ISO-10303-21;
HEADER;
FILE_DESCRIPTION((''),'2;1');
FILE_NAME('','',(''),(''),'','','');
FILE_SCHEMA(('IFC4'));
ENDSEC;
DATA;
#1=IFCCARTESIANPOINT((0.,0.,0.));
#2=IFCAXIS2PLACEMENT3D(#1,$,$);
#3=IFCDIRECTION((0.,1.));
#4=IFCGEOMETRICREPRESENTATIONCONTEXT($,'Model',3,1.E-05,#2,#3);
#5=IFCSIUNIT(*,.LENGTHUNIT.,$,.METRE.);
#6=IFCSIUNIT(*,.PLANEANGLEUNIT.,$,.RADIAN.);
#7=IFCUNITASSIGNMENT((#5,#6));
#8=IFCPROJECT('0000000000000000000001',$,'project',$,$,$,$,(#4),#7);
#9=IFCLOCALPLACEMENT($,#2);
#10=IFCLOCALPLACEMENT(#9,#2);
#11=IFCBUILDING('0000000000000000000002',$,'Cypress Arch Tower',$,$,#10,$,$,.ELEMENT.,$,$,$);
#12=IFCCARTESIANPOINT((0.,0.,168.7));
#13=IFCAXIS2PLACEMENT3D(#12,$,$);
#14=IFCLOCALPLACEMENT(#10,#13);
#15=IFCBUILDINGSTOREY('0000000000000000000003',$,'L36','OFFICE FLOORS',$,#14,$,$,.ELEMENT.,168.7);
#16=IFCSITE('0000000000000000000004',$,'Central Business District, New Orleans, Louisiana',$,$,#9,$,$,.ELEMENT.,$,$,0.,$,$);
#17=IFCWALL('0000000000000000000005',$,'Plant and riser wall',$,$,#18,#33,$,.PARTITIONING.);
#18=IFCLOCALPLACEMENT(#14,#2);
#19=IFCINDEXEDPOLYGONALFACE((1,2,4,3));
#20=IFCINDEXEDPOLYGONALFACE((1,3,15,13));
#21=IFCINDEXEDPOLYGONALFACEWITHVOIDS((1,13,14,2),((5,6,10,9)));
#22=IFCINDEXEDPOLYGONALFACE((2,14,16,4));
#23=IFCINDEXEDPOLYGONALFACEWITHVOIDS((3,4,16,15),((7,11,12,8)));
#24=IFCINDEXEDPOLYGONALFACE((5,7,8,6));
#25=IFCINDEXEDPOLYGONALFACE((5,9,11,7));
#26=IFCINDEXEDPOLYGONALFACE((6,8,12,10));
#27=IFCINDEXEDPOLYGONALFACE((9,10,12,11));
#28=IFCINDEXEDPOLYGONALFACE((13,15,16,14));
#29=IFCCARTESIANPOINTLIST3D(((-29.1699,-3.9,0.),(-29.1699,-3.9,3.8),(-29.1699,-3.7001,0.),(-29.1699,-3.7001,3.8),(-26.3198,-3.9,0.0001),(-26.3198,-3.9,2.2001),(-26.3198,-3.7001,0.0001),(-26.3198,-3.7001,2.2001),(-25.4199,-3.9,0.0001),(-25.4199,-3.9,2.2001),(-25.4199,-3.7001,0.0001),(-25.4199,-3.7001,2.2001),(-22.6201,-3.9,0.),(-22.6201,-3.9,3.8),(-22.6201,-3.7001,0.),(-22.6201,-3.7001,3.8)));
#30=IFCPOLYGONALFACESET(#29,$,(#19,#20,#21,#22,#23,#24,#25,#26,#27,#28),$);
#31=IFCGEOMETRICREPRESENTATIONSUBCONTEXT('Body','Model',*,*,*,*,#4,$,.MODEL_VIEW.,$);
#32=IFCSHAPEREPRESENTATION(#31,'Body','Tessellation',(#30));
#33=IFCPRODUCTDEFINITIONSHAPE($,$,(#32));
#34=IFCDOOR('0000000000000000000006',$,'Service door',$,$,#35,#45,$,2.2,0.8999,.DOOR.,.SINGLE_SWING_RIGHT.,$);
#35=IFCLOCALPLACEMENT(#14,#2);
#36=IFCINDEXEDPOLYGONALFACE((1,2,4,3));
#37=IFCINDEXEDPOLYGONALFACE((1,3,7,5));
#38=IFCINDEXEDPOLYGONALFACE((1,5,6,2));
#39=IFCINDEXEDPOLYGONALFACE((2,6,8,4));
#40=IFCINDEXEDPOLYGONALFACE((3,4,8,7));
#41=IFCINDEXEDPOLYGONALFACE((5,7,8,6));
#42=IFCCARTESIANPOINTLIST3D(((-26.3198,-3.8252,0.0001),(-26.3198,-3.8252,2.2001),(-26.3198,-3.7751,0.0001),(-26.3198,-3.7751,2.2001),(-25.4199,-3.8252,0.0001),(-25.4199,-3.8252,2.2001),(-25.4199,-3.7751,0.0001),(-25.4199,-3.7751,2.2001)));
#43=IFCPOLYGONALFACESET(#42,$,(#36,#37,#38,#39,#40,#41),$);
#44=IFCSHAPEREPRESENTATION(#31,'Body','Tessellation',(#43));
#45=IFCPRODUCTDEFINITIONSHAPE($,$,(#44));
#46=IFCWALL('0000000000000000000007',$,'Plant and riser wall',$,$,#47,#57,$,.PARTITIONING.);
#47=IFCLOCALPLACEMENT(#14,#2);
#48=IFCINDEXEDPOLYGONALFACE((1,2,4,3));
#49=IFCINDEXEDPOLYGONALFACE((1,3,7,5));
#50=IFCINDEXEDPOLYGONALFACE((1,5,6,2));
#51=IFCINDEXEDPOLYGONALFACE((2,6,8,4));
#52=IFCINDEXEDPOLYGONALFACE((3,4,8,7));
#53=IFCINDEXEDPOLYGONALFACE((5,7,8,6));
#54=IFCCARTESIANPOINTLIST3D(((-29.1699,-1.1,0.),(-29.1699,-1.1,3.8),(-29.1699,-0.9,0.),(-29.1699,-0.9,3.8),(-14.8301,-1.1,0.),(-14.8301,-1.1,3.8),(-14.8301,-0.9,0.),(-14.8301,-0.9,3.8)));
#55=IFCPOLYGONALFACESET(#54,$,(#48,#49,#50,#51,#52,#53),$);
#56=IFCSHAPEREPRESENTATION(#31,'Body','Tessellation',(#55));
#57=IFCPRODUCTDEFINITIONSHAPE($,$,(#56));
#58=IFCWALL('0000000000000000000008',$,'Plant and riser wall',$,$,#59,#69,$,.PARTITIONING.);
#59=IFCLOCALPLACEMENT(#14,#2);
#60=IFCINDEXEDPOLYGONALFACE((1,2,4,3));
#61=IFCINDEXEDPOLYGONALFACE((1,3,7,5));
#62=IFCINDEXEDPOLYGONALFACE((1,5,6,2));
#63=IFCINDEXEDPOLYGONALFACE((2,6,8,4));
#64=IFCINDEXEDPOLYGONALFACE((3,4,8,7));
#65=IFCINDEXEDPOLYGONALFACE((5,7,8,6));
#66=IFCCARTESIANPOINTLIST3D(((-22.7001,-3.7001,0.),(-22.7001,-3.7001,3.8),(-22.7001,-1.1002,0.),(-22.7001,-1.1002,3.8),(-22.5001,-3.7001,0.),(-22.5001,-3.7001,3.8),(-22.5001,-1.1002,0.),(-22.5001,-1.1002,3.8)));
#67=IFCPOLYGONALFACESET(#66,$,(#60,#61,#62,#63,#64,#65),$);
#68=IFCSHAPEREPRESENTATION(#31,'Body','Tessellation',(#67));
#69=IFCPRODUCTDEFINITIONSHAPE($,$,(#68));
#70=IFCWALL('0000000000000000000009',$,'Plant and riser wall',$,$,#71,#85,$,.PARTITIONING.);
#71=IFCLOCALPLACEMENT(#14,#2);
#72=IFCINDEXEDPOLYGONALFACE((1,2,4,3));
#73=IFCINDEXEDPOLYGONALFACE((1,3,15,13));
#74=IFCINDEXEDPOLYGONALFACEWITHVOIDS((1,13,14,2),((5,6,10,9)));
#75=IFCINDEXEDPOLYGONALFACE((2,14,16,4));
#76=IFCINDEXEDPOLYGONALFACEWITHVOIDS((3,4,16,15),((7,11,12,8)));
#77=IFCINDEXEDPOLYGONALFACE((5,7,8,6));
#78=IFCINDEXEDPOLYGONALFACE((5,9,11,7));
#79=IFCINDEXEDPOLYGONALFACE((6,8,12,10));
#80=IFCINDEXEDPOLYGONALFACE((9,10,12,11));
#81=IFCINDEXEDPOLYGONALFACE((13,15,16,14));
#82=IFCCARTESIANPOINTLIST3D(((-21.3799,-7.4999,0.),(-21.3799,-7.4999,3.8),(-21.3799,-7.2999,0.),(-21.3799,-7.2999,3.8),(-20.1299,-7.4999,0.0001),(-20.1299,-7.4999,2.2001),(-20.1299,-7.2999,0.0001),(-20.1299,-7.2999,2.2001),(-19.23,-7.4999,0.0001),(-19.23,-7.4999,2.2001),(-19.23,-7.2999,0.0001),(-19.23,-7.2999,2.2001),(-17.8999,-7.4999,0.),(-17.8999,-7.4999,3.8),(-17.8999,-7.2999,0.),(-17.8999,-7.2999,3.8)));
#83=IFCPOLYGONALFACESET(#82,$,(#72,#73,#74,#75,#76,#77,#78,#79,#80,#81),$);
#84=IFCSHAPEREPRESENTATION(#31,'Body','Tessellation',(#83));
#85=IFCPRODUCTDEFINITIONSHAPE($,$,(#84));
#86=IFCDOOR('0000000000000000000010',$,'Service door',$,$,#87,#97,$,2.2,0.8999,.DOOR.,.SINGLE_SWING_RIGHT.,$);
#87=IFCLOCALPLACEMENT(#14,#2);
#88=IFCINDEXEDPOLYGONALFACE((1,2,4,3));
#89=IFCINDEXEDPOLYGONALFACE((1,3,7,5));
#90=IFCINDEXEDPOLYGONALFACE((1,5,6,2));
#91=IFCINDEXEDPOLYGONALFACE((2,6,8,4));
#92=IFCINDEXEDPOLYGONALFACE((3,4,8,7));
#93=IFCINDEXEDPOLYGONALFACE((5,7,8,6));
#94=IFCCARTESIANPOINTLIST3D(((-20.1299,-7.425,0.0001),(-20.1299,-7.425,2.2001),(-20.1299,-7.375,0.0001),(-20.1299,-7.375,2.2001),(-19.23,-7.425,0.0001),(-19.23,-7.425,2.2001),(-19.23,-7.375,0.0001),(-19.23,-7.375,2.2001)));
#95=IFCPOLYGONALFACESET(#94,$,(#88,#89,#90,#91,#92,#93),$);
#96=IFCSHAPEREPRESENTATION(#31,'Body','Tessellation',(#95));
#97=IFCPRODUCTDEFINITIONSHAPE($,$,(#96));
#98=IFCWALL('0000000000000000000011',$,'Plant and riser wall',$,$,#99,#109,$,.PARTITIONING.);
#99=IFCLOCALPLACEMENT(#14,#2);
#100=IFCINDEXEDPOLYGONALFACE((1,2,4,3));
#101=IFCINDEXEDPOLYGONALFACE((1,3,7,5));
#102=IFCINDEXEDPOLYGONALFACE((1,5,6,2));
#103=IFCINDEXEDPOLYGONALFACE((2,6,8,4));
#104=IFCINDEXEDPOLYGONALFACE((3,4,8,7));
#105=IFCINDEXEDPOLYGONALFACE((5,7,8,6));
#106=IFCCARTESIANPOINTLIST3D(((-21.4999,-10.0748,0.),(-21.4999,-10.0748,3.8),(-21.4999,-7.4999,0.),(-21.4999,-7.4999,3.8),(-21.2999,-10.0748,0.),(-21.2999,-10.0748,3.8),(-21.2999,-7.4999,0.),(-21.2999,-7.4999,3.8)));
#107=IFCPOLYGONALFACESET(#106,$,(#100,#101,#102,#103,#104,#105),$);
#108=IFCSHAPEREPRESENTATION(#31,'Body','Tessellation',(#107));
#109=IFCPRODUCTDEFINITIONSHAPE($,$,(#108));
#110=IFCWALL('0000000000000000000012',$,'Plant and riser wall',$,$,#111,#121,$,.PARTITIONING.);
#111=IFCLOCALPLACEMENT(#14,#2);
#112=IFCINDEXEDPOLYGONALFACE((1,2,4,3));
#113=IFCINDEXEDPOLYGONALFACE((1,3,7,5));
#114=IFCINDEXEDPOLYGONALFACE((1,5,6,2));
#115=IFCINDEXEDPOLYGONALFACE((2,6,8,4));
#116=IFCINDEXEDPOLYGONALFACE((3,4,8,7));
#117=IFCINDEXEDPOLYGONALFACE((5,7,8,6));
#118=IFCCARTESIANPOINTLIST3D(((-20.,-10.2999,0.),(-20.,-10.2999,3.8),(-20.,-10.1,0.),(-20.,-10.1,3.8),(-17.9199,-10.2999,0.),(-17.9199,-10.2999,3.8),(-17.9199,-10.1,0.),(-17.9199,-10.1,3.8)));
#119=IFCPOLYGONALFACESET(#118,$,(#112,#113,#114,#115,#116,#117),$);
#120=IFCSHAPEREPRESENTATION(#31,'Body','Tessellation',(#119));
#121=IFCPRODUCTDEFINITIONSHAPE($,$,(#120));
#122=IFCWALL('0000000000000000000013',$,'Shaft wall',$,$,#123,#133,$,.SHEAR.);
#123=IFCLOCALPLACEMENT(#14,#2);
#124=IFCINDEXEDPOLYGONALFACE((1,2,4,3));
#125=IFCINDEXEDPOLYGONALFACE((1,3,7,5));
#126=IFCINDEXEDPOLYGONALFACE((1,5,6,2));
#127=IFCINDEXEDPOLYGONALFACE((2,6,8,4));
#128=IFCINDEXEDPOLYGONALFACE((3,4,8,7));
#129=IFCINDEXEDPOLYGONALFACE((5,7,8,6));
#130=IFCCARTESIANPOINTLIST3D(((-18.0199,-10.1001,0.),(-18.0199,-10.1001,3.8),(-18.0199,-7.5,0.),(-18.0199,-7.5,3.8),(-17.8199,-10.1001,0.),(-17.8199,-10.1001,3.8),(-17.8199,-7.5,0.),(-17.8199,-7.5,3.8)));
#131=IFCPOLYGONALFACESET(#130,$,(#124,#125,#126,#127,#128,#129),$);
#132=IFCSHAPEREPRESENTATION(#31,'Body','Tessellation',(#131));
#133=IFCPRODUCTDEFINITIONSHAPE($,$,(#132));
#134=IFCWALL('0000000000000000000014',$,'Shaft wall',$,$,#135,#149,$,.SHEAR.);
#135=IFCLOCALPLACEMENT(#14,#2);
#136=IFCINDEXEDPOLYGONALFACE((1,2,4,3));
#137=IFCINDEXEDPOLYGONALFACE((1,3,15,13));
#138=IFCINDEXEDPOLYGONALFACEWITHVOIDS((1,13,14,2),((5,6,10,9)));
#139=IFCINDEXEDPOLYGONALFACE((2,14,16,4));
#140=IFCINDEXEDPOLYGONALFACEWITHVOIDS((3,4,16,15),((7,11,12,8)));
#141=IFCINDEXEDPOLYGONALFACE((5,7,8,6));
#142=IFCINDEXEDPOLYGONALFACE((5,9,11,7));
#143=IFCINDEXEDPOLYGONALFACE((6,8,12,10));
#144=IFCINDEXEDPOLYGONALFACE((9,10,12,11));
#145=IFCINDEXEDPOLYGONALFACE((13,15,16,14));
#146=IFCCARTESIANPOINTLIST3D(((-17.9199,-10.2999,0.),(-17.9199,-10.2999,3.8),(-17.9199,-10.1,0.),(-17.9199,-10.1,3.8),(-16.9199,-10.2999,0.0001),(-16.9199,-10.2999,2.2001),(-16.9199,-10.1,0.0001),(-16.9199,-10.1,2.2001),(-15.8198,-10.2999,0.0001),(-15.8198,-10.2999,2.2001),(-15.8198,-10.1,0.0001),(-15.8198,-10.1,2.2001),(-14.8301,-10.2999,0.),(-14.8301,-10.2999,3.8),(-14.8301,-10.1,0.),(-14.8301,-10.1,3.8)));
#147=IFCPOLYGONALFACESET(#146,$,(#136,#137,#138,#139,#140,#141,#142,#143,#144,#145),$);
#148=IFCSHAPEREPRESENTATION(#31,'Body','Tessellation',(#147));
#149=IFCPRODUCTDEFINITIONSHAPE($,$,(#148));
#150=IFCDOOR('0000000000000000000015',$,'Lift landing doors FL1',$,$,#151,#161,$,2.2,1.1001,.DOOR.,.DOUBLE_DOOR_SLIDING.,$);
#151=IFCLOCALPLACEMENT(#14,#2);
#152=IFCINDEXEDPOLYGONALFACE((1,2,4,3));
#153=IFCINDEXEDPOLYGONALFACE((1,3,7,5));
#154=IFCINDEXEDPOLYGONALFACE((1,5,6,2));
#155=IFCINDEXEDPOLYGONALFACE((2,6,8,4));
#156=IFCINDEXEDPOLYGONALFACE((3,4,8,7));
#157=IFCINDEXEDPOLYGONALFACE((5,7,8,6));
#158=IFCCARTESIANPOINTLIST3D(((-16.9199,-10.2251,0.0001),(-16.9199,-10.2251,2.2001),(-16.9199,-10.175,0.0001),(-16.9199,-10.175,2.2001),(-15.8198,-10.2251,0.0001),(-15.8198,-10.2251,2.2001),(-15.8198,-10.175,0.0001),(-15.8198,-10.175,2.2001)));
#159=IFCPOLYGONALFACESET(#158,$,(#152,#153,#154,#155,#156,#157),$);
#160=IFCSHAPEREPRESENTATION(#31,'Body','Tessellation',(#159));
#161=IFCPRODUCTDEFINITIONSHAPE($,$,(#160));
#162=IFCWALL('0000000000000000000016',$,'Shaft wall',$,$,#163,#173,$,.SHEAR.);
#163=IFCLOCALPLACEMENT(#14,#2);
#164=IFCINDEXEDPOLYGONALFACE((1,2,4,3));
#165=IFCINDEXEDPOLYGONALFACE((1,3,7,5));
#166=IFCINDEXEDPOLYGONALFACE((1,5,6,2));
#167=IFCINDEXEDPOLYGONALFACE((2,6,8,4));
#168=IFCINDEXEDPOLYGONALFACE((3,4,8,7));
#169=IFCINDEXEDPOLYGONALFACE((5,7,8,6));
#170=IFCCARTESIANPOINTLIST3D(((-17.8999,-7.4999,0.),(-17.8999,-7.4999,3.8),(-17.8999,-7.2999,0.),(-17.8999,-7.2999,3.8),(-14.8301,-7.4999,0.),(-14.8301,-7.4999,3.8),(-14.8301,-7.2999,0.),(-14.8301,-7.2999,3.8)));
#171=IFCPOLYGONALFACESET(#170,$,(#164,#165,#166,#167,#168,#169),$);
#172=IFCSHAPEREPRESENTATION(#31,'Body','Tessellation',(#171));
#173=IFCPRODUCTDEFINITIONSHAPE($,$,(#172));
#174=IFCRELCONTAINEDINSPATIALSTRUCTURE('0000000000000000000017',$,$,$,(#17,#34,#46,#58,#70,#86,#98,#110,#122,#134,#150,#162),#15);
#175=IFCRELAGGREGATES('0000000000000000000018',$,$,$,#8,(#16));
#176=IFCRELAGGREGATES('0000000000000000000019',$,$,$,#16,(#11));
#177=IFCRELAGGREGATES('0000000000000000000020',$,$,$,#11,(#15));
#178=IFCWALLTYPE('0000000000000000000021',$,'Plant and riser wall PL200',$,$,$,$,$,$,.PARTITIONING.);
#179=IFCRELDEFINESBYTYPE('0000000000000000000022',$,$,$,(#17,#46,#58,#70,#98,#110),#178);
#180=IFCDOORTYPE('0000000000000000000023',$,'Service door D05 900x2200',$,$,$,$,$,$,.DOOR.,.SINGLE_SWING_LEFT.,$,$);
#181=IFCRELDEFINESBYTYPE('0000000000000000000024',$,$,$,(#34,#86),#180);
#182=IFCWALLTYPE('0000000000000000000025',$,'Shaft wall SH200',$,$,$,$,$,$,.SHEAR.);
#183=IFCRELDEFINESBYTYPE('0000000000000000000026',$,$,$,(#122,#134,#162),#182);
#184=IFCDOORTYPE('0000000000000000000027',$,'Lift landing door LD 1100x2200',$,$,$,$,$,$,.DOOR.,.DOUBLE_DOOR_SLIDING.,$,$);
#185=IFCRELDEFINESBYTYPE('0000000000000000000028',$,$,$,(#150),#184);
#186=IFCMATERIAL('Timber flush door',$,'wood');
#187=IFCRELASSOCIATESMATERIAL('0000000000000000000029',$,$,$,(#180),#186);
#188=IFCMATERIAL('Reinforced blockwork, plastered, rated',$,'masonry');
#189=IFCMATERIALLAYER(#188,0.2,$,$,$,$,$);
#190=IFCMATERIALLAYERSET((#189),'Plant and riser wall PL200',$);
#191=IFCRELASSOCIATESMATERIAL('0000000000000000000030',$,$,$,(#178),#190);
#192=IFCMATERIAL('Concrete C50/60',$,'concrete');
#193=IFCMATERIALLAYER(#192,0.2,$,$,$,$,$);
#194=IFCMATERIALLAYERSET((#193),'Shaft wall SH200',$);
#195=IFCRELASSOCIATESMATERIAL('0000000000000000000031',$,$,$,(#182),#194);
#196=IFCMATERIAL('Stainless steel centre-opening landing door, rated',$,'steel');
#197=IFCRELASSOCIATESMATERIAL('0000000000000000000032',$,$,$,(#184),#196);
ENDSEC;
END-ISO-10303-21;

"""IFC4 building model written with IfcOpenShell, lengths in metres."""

from ifc_helpers import new_model, si_unit, direction, frame, frame_2d, origin, place, context, subcontext, project, spatial, rectangle, extrude, material, layer, layer_set, type_object, element, fill, save


model = new_model("IFC4")

# Units and contexts
model_context = context("Model", 3, precision=1e-05, world=origin(), true_north=direction((0.0, 1.0)))
body_context = subcontext(model_context, "Body", "Model", "MODEL_VIEW")
ifc_project = project(units=[si_unit("LENGTHUNIT", "METRE"), si_unit("PLANEANGLEUNIT", "RADIAN")], contexts=[model_context])

# Site, building, storey
site_placement = place(None, origin())
site = spatial("IfcSite", under=ifc_project, at=site_placement, Name="Central Business District, New Orleans, Louisiana", CompositionType="ELEMENT", RefElevation=0.0)
building_placement = place(site_placement, origin())
building = spatial("IfcBuilding", under=site, at=building_placement, Name="Cypress Arch Tower", CompositionType="ELEMENT")
storey_placement = place(building_placement, frame((0.0, 0.0, 168.7)))
storey = spatial("IfcBuildingStorey", under=building, at=storey_placement, Name="L36", Description="OFFICE FLOORS", CompositionType="ELEMENT", Elevation=168.7)

# Shared definitions
ifc_material_1 = material(Name="Timber flush door", Category="wood")
door_type_1 = type_object("IfcDoorType", Name="Service door D05 900x2200", OperationType="SINGLE_SWING_LEFT", PredefinedType="DOOR", material=ifc_material_1)

# Wall, opening, door
ifc_material_2 = material(Name="Reinforced blockwork, plastered, rated", Category="masonry")
ifc_layer_1 = layer(ifc_material_2, 0.2)
ifc_layer_set_1 = layer_set([ifc_layer_1], Name="Plant and riser wall PL200")
wall_type_1 = type_object("IfcWallType", Name="Plant and riser wall PL200", PredefinedType="PARTITIONING", material=ifc_layer_set_1)
wall_1_placement = place(storey_placement, frame((-29.1699, -3.8, 0.0), z_axis=(0.0, 0.0, 1.0), x_axis=(1.0, 0.0, 0.0)))
wall_1 = element("IfcWall", 1, at=wall_1_placement, inside=storey, type_object=wall_type_1, Name="Plant and riser wall", PredefinedType="PARTITIONING", context=body_context, shape_type="SweptSolid", body=[
    extrude(rectangle(XDim=6.5498, YDim=0.2, at=frame_2d((3.2749, 0.0))), origin(), (0.0, 0.0, 1.0), 3.8),
])
opening_1_placement = place(wall_1_placement, frame((2.8501, 0.0, 0.0)))
opening_1 = element("IfcOpeningElement", 2, at=opening_1_placement, cuts=wall_1, PredefinedType="OPENING", context=body_context, shape_type="SweptSolid", body=[
    extrude(rectangle(XDim=0.8999, YDim=2.2, at=frame_2d((0.45, 1.1001))), frame((0.0, 0.1099, 0.0), z_axis=(0.0, -1.0, 0.0), x_axis=(1.0, 0.0, 0.0)), (0.0, 0.0, 1.0), 0.22),
])
door_1_placement = place(opening_1_placement, origin())
door_1 = element("IfcDoor", 3, at=door_1_placement, inside=storey, type_object=door_type_1, Name="Service door", OperationType="SINGLE_SWING_RIGHT", OverallHeight=2.2, OverallWidth=0.8999, PredefinedType="DOOR", context=body_context, shape_type="SweptSolid", body=[
    extrude(rectangle(XDim=0.8999, YDim=2.2, at=frame_2d((0.45, 1.1001))), frame((0.0, 0.0249, 0.0), z_axis=(0.0, -1.0, 0.0), x_axis=(1.0, 0.0, 0.0)), (0.0, 0.0, 1.0), 0.05),
])
fill(opening_1, door_1)

# Walls
wall_2_placement = place(storey_placement, frame((-29.1699, -1.0, 0.0), z_axis=(0.0, 0.0, 1.0), x_axis=(1.0, 0.0, 0.0)))
element("IfcWall", 4, at=wall_2_placement, inside=storey, type_object=wall_type_1, Name="Plant and riser wall", PredefinedType="PARTITIONING", context=body_context, shape_type="SweptSolid", body=[
    extrude(rectangle(XDim=14.3398, YDim=0.2, at=frame_2d((7.1699, 0.0))), origin(), (0.0, 0.0, 1.0), 3.8),
])
wall_3_placement = place(storey_placement, frame((-22.6001, -3.7, 0.0), z_axis=(0.0, 0.0, 1.0), x_axis=(0.0, 1.0, 0.0)))
element("IfcWall", 5, at=wall_3_placement, inside=storey, type_object=wall_type_1, Name="Plant and riser wall", PredefinedType="PARTITIONING", context=body_context, shape_type="SweptSolid", body=[
    extrude(rectangle(XDim=2.5999, YDim=0.2, at=frame_2d((1.2998, 0.0))), origin(), (0.0, 0.0, 1.0), 3.8),
])

# Wall, opening, door
wall_4_placement = place(storey_placement, frame((-21.3799, -7.3999, 0.0), z_axis=(0.0, 0.0, 1.0), x_axis=(1.0, 0.0, 0.0)))
wall_4 = element("IfcWall", 6, at=wall_4_placement, inside=storey, type_object=wall_type_1, Name="Plant and riser wall", PredefinedType="PARTITIONING", context=body_context, shape_type="SweptSolid", body=[
    extrude(rectangle(XDim=3.48, YDim=0.2, at=frame_2d((1.74, 0.0))), origin(), (0.0, 0.0, 1.0), 3.8),
])
opening_2_placement = place(wall_4_placement, frame((1.25, 0.0, 0.0)))
opening_2 = element("IfcOpeningElement", 7, at=opening_2_placement, cuts=wall_4, PredefinedType="OPENING", context=body_context, shape_type="SweptSolid", body=[
    extrude(rectangle(XDim=0.8999, YDim=2.2, at=frame_2d((0.45, 1.1001))), frame((0.0, 0.1099, 0.0), z_axis=(0.0, -1.0, 0.0), x_axis=(1.0, 0.0, 0.0)), (0.0, 0.0, 1.0), 0.22),
])
door_2_placement = place(opening_2_placement, origin())
door_2 = element("IfcDoor", 8, at=door_2_placement, inside=storey, type_object=door_type_1, Name="Service door", OperationType="SINGLE_SWING_RIGHT", OverallHeight=2.2, OverallWidth=0.8999, PredefinedType="DOOR", context=body_context, shape_type="SweptSolid", body=[
    extrude(rectangle(XDim=0.8999, YDim=2.2, at=frame_2d((0.45, 1.1001))), frame((0.0, 0.0249, 0.0), z_axis=(0.0, -1.0, 0.0), x_axis=(1.0, 0.0, 0.0)), (0.0, 0.0, 1.0), 0.05),
])
fill(opening_2, door_2)

# Walls
wall_5_placement = place(storey_placement, frame((-21.3999, -10.075, 0.0), z_axis=(0.0, 0.0, 1.0), x_axis=(0.0, 1.0, 0.0)))
element("IfcWall", 9, at=wall_5_placement, inside=storey, type_object=wall_type_1, Name="Plant and riser wall", PredefinedType="PARTITIONING", context=body_context, shape_type="SweptSolid", body=[
    extrude(rectangle(XDim=2.575, YDim=0.2, at=frame_2d((1.2876, 0.0))), origin(), (0.0, 0.0, 1.0), 3.8),
])
wall_6_placement = place(storey_placement, frame((-20.0, -10.2, 0.0), z_axis=(0.0, 0.0, 1.0), x_axis=(1.0, 0.0, 0.0)))
element("IfcWall", 10, at=wall_6_placement, inside=storey, type_object=wall_type_1, Name="Plant and riser wall", PredefinedType="PARTITIONING", context=body_context, shape_type="SweptSolid", body=[
    extrude(rectangle(XDim=2.0801, YDim=0.2, at=frame_2d((1.04, 0.0))), origin(), (0.0, 0.0, 1.0), 3.8),
])
ifc_material_3 = material(Name="Concrete C50/60", Category="concrete")
ifc_layer_2 = layer(ifc_material_3, 0.2)
ifc_layer_set_2 = layer_set([ifc_layer_2], Name="Shaft wall SH200")
wall_type_2 = type_object("IfcWallType", Name="Shaft wall SH200", PredefinedType="SHEAR", material=ifc_layer_set_2)
wall_7_placement = place(storey_placement, frame((-17.9199, -10.1001, 0.0), z_axis=(0.0, 0.0, 1.0), x_axis=(0.0, 1.0, 0.0)))
element("IfcWall", 11, at=wall_7_placement, inside=storey, type_object=wall_type_2, Name="Shaft wall", PredefinedType="SHEAR", context=body_context, shape_type="SweptSolid", body=[
    extrude(rectangle(XDim=2.6001, YDim=0.2, at=frame_2d((1.3, 0.0))), origin(), (0.0, 0.0, 1.0), 3.8),
])

# Wall, opening, door
wall_8_placement = place(storey_placement, frame((-17.9199, -10.2, 0.0), z_axis=(0.0, 0.0, 1.0), x_axis=(1.0, 0.0, 0.0)))
wall_8 = element("IfcWall", 12, at=wall_8_placement, inside=storey, type_object=wall_type_2, Name="Shaft wall", PredefinedType="SHEAR", context=body_context, shape_type="SweptSolid", body=[
    extrude(rectangle(XDim=3.0898, YDim=0.2, at=frame_2d((1.5449, 0.0))), origin(), (0.0, 0.0, 1.0), 3.8),
])
opening_3_placement = place(wall_8_placement, frame((1.0, 0.0, 0.0)))
opening_3 = element("IfcOpeningElement", 13, at=opening_3_placement, cuts=wall_8, PredefinedType="OPENING", context=body_context, shape_type="SweptSolid", body=[
    extrude(rectangle(XDim=1.1001, YDim=2.2, at=frame_2d((0.55, 1.1001))), frame((0.0, 0.1099, 0.0), z_axis=(0.0, -1.0, 0.0), x_axis=(1.0, 0.0, 0.0)), (0.0, 0.0, 1.0), 0.22),
])
ifc_material_4 = material(Name="Stainless steel centre-opening landing door, rated", Category="steel")
door_type_2 = type_object("IfcDoorType", Name="Lift landing door LD 1100x2200", OperationType="DOUBLE_DOOR_SLIDING", PredefinedType="DOOR", material=ifc_material_4)
door_3_placement = place(opening_3_placement, origin())
door_3 = element("IfcDoor", 14, at=door_3_placement, inside=storey, type_object=door_type_2, Name="Lift landing doors FL1", OperationType="DOUBLE_DOOR_SLIDING", OverallHeight=2.2, OverallWidth=1.1001, PredefinedType="DOOR", context=body_context, shape_type="SweptSolid", body=[
    extrude(rectangle(XDim=1.1001, YDim=2.2, at=frame_2d((0.55, 1.1001))), frame((0.0, 0.0249, 0.0), z_axis=(0.0, -1.0, 0.0), x_axis=(1.0, 0.0, 0.0)), (0.0, 0.0, 1.0), 0.05),
])
fill(opening_3, door_3)

# Wall
wall_9_placement = place(storey_placement, frame((-17.8999, -7.3999, 0.0), z_axis=(0.0, 0.0, 1.0), x_axis=(1.0, 0.0, 0.0)))
element("IfcWall", 15, at=wall_9_placement, inside=storey, type_object=wall_type_2, Name="Shaft wall", PredefinedType="SHEAR", context=body_context, shape_type="SweptSolid", body=[
    extrude(rectangle(XDim=3.0698, YDim=0.2, at=frame_2d((1.5349, 0.0))), origin(), (0.0, 0.0, 1.0), 3.8),
])

save(model, "model.ifc")
